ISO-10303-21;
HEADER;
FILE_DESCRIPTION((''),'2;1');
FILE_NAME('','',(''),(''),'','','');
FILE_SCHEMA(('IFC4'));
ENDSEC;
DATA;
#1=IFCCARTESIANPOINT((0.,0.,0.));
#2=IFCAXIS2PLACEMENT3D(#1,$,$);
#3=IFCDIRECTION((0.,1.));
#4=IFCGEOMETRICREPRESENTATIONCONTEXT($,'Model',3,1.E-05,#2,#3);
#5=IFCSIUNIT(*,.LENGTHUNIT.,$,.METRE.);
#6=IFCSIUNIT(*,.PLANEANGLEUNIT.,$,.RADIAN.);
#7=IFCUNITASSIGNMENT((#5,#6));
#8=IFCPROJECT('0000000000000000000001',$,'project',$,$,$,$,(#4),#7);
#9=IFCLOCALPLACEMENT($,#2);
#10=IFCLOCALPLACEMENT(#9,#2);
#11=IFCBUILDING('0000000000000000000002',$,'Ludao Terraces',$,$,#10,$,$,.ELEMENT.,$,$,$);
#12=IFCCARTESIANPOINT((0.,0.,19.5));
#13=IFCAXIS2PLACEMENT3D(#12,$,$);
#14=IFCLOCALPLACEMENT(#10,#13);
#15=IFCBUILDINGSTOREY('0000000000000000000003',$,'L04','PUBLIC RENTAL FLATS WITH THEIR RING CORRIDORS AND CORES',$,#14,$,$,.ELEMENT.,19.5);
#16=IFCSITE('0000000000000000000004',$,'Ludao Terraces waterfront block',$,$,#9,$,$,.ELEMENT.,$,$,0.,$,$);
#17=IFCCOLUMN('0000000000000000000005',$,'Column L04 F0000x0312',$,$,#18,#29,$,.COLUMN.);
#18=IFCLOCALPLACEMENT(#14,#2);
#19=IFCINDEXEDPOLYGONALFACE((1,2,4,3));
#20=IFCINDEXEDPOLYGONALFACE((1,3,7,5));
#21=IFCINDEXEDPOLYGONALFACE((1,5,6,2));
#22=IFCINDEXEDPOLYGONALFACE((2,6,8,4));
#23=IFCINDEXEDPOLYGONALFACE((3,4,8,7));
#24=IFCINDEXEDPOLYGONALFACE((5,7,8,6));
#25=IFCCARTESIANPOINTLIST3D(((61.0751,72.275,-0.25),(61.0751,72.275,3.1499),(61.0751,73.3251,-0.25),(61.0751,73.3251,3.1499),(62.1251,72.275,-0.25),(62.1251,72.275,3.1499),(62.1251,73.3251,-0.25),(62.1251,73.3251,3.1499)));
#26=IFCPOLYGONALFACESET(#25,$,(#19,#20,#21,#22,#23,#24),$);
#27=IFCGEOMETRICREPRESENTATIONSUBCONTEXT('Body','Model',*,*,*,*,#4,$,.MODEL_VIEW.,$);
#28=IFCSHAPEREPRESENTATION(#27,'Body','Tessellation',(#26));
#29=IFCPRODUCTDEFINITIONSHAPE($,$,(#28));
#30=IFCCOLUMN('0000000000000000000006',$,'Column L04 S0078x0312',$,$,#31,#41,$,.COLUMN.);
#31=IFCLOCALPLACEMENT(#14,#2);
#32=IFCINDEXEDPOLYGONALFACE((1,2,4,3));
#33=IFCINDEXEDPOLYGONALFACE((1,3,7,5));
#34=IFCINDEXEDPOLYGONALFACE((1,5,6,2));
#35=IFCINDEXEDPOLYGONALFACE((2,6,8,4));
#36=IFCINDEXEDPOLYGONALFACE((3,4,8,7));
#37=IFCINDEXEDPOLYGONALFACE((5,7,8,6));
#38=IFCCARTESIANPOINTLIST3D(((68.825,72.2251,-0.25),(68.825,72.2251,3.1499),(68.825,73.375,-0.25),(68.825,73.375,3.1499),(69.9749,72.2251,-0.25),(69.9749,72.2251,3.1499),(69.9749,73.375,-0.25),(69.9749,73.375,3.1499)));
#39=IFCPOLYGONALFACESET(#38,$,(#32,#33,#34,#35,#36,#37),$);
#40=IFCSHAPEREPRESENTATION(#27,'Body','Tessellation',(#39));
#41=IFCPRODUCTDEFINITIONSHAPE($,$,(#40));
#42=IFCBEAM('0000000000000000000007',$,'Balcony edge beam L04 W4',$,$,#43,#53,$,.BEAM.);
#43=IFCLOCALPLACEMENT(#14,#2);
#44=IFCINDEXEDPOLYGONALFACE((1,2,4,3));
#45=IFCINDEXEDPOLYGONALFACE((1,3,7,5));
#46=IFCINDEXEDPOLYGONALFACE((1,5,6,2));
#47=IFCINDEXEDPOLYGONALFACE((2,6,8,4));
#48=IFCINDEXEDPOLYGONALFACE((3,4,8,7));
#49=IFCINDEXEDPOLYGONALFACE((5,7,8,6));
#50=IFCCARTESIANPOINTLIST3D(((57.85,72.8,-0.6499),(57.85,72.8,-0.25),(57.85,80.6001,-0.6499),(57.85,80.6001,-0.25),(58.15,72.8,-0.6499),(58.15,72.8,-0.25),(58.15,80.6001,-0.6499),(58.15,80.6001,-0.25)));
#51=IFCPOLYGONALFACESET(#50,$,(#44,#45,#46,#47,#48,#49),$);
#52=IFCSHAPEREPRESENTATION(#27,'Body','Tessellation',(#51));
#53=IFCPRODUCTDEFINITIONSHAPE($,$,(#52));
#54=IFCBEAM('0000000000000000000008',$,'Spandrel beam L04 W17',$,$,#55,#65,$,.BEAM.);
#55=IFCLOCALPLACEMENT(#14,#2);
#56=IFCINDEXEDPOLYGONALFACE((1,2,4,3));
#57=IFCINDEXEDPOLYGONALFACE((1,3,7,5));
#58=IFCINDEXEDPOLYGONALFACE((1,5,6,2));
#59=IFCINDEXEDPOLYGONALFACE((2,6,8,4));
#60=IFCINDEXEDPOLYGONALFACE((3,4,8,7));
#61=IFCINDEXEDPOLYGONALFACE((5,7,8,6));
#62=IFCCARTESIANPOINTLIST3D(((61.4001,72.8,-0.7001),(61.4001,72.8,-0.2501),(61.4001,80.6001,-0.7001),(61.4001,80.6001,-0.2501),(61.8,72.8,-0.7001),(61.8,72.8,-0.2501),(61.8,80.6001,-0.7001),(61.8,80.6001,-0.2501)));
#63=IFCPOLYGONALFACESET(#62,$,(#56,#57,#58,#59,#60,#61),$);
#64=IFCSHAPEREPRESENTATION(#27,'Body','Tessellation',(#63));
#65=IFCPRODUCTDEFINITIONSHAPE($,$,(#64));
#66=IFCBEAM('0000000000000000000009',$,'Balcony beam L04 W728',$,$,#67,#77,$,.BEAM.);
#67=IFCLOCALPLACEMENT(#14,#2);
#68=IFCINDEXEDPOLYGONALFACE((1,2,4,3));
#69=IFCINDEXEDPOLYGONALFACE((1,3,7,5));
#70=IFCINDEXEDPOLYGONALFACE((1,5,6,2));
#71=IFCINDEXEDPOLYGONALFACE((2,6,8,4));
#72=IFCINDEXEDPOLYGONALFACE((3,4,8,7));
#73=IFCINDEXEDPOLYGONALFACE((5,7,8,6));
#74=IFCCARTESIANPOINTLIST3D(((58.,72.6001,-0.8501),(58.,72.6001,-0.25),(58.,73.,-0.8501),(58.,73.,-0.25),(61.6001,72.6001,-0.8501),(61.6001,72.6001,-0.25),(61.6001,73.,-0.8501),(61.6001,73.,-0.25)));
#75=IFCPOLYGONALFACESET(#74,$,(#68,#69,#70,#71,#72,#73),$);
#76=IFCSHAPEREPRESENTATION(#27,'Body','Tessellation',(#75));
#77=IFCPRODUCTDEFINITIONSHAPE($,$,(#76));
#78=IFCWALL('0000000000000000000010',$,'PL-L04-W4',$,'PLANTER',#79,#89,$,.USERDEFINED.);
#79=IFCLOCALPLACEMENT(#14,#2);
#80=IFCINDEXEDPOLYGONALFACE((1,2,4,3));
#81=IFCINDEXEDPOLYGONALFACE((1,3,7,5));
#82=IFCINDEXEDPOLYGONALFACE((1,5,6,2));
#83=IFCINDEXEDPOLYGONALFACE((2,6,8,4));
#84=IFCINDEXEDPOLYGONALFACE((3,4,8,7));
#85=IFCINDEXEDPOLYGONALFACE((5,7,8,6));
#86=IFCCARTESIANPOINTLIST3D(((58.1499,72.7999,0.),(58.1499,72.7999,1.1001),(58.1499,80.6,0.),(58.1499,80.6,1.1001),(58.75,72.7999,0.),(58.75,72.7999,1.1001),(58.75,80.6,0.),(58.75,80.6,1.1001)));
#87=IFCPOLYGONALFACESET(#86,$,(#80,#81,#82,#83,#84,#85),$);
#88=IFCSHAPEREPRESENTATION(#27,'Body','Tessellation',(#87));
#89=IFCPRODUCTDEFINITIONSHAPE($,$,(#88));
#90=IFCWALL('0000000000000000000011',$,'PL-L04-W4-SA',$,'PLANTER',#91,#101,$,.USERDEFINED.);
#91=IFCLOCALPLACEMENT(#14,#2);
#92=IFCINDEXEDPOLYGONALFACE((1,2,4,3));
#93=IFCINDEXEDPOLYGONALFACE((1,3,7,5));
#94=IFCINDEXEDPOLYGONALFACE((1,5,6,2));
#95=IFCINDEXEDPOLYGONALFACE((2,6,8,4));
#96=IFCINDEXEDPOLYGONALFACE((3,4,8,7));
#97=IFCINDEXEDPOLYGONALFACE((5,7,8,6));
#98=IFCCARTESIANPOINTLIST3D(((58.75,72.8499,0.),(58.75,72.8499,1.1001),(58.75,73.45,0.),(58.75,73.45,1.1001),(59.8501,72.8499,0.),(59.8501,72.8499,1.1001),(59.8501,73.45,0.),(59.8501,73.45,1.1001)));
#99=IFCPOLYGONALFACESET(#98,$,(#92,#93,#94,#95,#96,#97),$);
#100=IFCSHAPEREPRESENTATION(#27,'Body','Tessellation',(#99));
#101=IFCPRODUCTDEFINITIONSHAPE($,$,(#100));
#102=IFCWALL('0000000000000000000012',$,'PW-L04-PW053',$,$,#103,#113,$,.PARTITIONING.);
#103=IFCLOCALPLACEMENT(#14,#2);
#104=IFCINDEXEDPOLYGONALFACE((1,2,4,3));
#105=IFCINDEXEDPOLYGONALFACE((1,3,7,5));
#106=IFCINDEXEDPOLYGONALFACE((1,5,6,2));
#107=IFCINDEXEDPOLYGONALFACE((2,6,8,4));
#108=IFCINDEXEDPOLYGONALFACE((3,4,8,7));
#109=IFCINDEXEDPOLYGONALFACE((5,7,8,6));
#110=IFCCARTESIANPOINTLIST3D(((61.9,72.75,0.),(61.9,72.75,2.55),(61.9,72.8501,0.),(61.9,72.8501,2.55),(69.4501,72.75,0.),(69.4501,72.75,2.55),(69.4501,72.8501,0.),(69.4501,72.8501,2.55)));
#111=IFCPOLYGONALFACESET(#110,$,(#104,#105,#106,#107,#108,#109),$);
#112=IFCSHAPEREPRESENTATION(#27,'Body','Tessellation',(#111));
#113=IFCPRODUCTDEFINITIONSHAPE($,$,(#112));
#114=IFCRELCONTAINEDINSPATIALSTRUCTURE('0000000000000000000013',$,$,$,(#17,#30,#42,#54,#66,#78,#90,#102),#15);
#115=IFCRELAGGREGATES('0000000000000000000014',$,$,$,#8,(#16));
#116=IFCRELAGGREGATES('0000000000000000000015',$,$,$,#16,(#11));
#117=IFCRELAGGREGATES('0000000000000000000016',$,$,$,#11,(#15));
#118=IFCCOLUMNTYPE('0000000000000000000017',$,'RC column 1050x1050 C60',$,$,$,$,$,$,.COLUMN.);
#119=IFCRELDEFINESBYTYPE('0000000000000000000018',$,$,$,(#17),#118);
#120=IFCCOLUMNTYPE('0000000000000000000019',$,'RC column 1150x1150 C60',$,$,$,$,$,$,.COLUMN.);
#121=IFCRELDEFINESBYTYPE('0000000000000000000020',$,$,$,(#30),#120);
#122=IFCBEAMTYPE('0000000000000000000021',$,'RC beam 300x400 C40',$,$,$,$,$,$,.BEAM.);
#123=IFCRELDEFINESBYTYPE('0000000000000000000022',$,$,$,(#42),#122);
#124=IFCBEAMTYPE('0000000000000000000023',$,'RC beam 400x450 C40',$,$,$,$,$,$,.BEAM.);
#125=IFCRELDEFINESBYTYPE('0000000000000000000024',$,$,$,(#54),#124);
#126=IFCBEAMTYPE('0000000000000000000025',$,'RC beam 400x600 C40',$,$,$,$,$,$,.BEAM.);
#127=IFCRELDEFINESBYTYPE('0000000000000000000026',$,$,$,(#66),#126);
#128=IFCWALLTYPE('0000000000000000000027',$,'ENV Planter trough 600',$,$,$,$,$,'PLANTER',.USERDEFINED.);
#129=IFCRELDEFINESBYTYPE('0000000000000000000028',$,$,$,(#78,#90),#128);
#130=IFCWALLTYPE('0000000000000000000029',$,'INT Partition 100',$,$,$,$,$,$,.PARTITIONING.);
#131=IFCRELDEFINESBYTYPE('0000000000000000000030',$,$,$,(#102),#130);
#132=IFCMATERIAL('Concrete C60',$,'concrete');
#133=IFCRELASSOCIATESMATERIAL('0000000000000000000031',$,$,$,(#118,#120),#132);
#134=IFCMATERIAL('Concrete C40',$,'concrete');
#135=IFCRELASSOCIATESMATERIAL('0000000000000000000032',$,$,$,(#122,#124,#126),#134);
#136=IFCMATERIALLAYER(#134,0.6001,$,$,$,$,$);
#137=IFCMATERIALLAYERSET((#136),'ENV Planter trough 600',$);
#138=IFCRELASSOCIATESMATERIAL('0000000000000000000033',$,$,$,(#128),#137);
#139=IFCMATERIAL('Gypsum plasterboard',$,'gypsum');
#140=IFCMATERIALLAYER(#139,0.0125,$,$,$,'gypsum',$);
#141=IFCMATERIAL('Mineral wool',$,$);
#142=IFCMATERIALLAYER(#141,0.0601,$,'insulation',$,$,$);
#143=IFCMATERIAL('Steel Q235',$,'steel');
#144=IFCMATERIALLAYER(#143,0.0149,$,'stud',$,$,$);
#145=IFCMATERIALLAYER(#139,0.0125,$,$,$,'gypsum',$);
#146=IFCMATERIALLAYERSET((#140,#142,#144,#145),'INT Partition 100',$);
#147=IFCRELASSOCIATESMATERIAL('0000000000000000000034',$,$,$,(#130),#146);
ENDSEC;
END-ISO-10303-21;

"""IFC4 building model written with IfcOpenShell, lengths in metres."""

from ifc_helpers import new_model, si_unit, direction, frame, frame_2d, origin, origin_2d, place, context, subcontext, project, spatial, rectangle, extrude, material, layer, layer_set, material_profile, profile_set, type_object, element, save


model = new_model("IFC4")

# Units and contexts
model_context = context("Model", 3, precision=1e-05, world=origin(), true_north=direction((0.0, 1.0)))
body_context = subcontext(model_context, "Body", "Model", "MODEL_VIEW")
ifc_project = project(units=[si_unit("LENGTHUNIT", "METRE"), si_unit("PLANEANGLEUNIT", "RADIAN")], contexts=[model_context])

# Site, building, storey
site_placement = place(None, origin())
site = spatial("IfcSite", under=ifc_project, at=site_placement, Name="Ludao Terraces waterfront block", CompositionType="ELEMENT", RefElevation=0.0)
building_placement = place(site_placement, origin())
building = spatial("IfcBuilding", under=site, at=building_placement, Name="Ludao Terraces", CompositionType="ELEMENT")
storey_placement = place(building_placement, frame((0.0, 0.0, 19.5)))
storey = spatial("IfcBuildingStorey", under=building, at=storey_placement, Name="L04", Description="PUBLIC RENTAL FLATS WITH THEIR RING CORRIDORS AND CORES", CompositionType="ELEMENT", Elevation=19.5)

# Columns
ifc_material_1 = material(Name="Concrete C60", Category="concrete")
ifc_material_profile_1 = material_profile(ifc_material_1, rectangle(XDim=1.05, YDim=1.05, at=origin_2d()), Name="1050 X 1050")
ifc_profile_set_1 = profile_set([ifc_material_profile_1], Name="Concrete C60")
column_type_1 = type_object("IfcColumnType", Name="RC column 1050x1050 C60", PredefinedType="COLUMN", material=ifc_profile_set_1)
column_1_placement = place(storey_placement, frame((61.6001, 72.8, -0.25), z_axis=(0.0, 0.0, 1.0), x_axis=(1.0, 0.0, 0.0)))
element("IfcColumn", 1, at=column_1_placement, inside=storey, type_object=column_type_1, Name="Column L04 F0000x0312", PredefinedType="COLUMN", context=body_context, shape_type="SweptSolid", body=[
    extrude(rectangle(XDim=1.05, YDim=1.05, at=origin_2d()), origin(), (0.0, 0.0, 1.0), 3.3999),
])
ifc_material_profile_2 = material_profile(ifc_material_1, rectangle(XDim=1.1499, YDim=1.1499, at=origin_2d()), Name="1150 X 1150")
ifc_profile_set_2 = profile_set([ifc_material_profile_2], Name="Concrete C60")
column_type_2 = type_object("IfcColumnType", Name="RC column 1150x1150 C60", PredefinedType="COLUMN", material=ifc_profile_set_2)
column_2_placement = place(storey_placement, frame((69.3999, 72.8, -0.25), z_axis=(0.0, 0.0, 1.0), x_axis=(1.0, 0.0, 0.0)))
element("IfcColumn", 2, at=column_2_placement, inside=storey, type_object=column_type_2, Name="Column L04 S0078x0312", PredefinedType="COLUMN", context=body_context, shape_type="SweptSolid", body=[
    extrude(rectangle(XDim=1.1499, YDim=1.1499, at=origin_2d()), origin(), (0.0, 0.0, 1.0), 3.3999),
])

# Beams
ifc_material_2 = material(Name="Concrete C40", Category="concrete")
ifc_material_profile_3 = material_profile(ifc_material_2, rectangle(XDim=0.3, YDim=0.3999, at=origin_2d()), Name="300 X 400")
ifc_profile_set_3 = profile_set([ifc_material_profile_3], Name="Concrete C40")
beam_type_1 = type_object("IfcBeamType", Name="RC beam 300x400 C40", PredefinedType="BEAM", material=ifc_profile_set_3)
beam_1_placement = place(storey_placement, frame((58.0, 72.8, -0.45), z_axis=(0.0, 1.0, 0.0), x_axis=(-1.0, 0.0, 0.0)))
element("IfcBeam", 3, at=beam_1_placement, inside=storey, type_object=beam_type_1, Name="Balcony edge beam L04 W4", PredefinedType="BEAM", context=body_context, shape_type="SweptSolid", body=[
    extrude(rectangle(XDim=0.3, YDim=0.3999, at=origin_2d()), origin(), (0.0, 0.0, 1.0), 7.8),
])
ifc_material_profile_4 = material_profile(ifc_material_2, rectangle(XDim=0.3999, YDim=0.45, at=origin_2d()), Name="400 X 450")
ifc_profile_set_4 = profile_set([ifc_material_profile_4], Name="Concrete C40")
beam_type_2 = type_object("IfcBeamType", Name="RC beam 400x450 C40", PredefinedType="BEAM", material=ifc_profile_set_4)
beam_2_placement = place(storey_placement, frame((61.6001, 72.8, -0.4751), z_axis=(0.0, 1.0, 0.0), x_axis=(-1.0, 0.0, 0.0)))
element("IfcBeam", 4, at=beam_2_placement, inside=storey, type_object=beam_type_2, Name="Spandrel beam L04 W17", PredefinedType="BEAM", context=body_context, shape_type="SweptSolid", body=[
    extrude(rectangle(XDim=0.3999, YDim=0.45, at=origin_2d()), origin(), (0.0, 0.0, 1.0), 7.8),
])
ifc_material_profile_5 = material_profile(ifc_material_2, rectangle(XDim=0.3999, YDim=0.6001, at=origin_2d()), Name="400 X 600")
ifc_profile_set_5 = profile_set([ifc_material_profile_5], Name="Concrete C40")
beam_type_3 = type_object("IfcBeamType", Name="RC beam 400x600 C40", PredefinedType="BEAM", material=ifc_profile_set_5)
beam_3_placement = place(storey_placement, frame((61.6001, 72.8, -0.55), z_axis=(-1.0, 0.0, 0.0), x_axis=(0.0, -1.0, 0.0)))
element("IfcBeam", 5, at=beam_3_placement, inside=storey, type_object=beam_type_3, Name="Balcony beam L04 W728", PredefinedType="BEAM", context=body_context, shape_type="SweptSolid", body=[
    extrude(rectangle(XDim=0.3999, YDim=0.6001, at=origin_2d()), origin(), (0.0, 0.0, 1.0), 3.6001),
])

# Walls
ifc_layer_1 = layer(ifc_material_2, 0.6001)
ifc_layer_set_1 = layer_set([ifc_layer_1], Name="ENV Planter trough 600")
wall_type_1 = type_object("IfcWallType", Name="ENV Planter trough 600", ElementType="PLANTER", PredefinedType="USERDEFINED", material=ifc_layer_set_1)
wall_1_placement = place(storey_placement, frame((58.45, 72.8, 0.0), z_axis=(0.0, 0.0, 1.0), x_axis=(0.0, 1.0, 0.0)))
element("IfcWall", 6, at=wall_1_placement, inside=storey, type_object=wall_type_1, Name="PL-L04-W4", ObjectType="PLANTER", PredefinedType="USERDEFINED", context=body_context, shape_type="SweptSolid", body=[
    extrude(rectangle(XDim=7.8, YDim=0.6001, at=frame_2d((3.8999, 0.0))), origin(), (0.0, 0.0, 1.0), 1.1001),
])
wall_2_placement = place(storey_placement, frame((58.75, 73.1499, 0.0), z_axis=(0.0, 0.0, 1.0), x_axis=(1.0, 0.0, 0.0)))
element("IfcWall", 7, at=wall_2_placement, inside=storey, type_object=wall_type_1, Name="PL-L04-W4-SA", ObjectType="PLANTER", PredefinedType="USERDEFINED", context=body_context, shape_type="SweptSolid", body=[
    extrude(rectangle(XDim=1.1001, YDim=0.6001, at=frame_2d((0.55, 0.0))), origin(), (0.0, 0.0, 1.0), 1.1001),
])

# Shared definitions
ifc_material_3 = material(Name="Mineral wool")

# Wall
ifc_material_4 = material(Name="Gypsum plasterboard", Category="gypsum")
ifc_layer_2 = layer(ifc_material_4, 0.0125, Category="gypsum")
ifc_layer_3 = layer(ifc_material_3, 0.0601, Name="insulation")
ifc_material_5 = material(Name="Steel Q235", Category="steel")
ifc_layer_4 = layer(ifc_material_5, 0.0149, Name="stud")
ifc_layer_5 = layer(ifc_material_4, 0.0125, Category="gypsum")
ifc_layer_set_2 = layer_set([ifc_layer_2, ifc_layer_3, ifc_layer_4, ifc_layer_5], Name="INT Partition 100")
wall_type_2 = type_object("IfcWallType", Name="INT Partition 100", PredefinedType="PARTITIONING", material=ifc_layer_set_2)
wall_3_placement = place(storey_placement, frame((61.9001, 72.8, 0.0), z_axis=(0.0, 0.0, 1.0), x_axis=(1.0, 0.0, 0.0)))
element("IfcWall", 8, at=wall_3_placement, inside=storey, type_object=wall_type_2, Name="PW-L04-PW053", PredefinedType="PARTITIONING", context=body_context, shape_type="SweptSolid", body=[
    extrude(rectangle(XDim=7.55, YDim=0.1001, at=frame_2d((3.7749, 0.0))), origin(), (0.0, 0.0, 1.0), 2.55),
])

save(model, "model.ifc")
